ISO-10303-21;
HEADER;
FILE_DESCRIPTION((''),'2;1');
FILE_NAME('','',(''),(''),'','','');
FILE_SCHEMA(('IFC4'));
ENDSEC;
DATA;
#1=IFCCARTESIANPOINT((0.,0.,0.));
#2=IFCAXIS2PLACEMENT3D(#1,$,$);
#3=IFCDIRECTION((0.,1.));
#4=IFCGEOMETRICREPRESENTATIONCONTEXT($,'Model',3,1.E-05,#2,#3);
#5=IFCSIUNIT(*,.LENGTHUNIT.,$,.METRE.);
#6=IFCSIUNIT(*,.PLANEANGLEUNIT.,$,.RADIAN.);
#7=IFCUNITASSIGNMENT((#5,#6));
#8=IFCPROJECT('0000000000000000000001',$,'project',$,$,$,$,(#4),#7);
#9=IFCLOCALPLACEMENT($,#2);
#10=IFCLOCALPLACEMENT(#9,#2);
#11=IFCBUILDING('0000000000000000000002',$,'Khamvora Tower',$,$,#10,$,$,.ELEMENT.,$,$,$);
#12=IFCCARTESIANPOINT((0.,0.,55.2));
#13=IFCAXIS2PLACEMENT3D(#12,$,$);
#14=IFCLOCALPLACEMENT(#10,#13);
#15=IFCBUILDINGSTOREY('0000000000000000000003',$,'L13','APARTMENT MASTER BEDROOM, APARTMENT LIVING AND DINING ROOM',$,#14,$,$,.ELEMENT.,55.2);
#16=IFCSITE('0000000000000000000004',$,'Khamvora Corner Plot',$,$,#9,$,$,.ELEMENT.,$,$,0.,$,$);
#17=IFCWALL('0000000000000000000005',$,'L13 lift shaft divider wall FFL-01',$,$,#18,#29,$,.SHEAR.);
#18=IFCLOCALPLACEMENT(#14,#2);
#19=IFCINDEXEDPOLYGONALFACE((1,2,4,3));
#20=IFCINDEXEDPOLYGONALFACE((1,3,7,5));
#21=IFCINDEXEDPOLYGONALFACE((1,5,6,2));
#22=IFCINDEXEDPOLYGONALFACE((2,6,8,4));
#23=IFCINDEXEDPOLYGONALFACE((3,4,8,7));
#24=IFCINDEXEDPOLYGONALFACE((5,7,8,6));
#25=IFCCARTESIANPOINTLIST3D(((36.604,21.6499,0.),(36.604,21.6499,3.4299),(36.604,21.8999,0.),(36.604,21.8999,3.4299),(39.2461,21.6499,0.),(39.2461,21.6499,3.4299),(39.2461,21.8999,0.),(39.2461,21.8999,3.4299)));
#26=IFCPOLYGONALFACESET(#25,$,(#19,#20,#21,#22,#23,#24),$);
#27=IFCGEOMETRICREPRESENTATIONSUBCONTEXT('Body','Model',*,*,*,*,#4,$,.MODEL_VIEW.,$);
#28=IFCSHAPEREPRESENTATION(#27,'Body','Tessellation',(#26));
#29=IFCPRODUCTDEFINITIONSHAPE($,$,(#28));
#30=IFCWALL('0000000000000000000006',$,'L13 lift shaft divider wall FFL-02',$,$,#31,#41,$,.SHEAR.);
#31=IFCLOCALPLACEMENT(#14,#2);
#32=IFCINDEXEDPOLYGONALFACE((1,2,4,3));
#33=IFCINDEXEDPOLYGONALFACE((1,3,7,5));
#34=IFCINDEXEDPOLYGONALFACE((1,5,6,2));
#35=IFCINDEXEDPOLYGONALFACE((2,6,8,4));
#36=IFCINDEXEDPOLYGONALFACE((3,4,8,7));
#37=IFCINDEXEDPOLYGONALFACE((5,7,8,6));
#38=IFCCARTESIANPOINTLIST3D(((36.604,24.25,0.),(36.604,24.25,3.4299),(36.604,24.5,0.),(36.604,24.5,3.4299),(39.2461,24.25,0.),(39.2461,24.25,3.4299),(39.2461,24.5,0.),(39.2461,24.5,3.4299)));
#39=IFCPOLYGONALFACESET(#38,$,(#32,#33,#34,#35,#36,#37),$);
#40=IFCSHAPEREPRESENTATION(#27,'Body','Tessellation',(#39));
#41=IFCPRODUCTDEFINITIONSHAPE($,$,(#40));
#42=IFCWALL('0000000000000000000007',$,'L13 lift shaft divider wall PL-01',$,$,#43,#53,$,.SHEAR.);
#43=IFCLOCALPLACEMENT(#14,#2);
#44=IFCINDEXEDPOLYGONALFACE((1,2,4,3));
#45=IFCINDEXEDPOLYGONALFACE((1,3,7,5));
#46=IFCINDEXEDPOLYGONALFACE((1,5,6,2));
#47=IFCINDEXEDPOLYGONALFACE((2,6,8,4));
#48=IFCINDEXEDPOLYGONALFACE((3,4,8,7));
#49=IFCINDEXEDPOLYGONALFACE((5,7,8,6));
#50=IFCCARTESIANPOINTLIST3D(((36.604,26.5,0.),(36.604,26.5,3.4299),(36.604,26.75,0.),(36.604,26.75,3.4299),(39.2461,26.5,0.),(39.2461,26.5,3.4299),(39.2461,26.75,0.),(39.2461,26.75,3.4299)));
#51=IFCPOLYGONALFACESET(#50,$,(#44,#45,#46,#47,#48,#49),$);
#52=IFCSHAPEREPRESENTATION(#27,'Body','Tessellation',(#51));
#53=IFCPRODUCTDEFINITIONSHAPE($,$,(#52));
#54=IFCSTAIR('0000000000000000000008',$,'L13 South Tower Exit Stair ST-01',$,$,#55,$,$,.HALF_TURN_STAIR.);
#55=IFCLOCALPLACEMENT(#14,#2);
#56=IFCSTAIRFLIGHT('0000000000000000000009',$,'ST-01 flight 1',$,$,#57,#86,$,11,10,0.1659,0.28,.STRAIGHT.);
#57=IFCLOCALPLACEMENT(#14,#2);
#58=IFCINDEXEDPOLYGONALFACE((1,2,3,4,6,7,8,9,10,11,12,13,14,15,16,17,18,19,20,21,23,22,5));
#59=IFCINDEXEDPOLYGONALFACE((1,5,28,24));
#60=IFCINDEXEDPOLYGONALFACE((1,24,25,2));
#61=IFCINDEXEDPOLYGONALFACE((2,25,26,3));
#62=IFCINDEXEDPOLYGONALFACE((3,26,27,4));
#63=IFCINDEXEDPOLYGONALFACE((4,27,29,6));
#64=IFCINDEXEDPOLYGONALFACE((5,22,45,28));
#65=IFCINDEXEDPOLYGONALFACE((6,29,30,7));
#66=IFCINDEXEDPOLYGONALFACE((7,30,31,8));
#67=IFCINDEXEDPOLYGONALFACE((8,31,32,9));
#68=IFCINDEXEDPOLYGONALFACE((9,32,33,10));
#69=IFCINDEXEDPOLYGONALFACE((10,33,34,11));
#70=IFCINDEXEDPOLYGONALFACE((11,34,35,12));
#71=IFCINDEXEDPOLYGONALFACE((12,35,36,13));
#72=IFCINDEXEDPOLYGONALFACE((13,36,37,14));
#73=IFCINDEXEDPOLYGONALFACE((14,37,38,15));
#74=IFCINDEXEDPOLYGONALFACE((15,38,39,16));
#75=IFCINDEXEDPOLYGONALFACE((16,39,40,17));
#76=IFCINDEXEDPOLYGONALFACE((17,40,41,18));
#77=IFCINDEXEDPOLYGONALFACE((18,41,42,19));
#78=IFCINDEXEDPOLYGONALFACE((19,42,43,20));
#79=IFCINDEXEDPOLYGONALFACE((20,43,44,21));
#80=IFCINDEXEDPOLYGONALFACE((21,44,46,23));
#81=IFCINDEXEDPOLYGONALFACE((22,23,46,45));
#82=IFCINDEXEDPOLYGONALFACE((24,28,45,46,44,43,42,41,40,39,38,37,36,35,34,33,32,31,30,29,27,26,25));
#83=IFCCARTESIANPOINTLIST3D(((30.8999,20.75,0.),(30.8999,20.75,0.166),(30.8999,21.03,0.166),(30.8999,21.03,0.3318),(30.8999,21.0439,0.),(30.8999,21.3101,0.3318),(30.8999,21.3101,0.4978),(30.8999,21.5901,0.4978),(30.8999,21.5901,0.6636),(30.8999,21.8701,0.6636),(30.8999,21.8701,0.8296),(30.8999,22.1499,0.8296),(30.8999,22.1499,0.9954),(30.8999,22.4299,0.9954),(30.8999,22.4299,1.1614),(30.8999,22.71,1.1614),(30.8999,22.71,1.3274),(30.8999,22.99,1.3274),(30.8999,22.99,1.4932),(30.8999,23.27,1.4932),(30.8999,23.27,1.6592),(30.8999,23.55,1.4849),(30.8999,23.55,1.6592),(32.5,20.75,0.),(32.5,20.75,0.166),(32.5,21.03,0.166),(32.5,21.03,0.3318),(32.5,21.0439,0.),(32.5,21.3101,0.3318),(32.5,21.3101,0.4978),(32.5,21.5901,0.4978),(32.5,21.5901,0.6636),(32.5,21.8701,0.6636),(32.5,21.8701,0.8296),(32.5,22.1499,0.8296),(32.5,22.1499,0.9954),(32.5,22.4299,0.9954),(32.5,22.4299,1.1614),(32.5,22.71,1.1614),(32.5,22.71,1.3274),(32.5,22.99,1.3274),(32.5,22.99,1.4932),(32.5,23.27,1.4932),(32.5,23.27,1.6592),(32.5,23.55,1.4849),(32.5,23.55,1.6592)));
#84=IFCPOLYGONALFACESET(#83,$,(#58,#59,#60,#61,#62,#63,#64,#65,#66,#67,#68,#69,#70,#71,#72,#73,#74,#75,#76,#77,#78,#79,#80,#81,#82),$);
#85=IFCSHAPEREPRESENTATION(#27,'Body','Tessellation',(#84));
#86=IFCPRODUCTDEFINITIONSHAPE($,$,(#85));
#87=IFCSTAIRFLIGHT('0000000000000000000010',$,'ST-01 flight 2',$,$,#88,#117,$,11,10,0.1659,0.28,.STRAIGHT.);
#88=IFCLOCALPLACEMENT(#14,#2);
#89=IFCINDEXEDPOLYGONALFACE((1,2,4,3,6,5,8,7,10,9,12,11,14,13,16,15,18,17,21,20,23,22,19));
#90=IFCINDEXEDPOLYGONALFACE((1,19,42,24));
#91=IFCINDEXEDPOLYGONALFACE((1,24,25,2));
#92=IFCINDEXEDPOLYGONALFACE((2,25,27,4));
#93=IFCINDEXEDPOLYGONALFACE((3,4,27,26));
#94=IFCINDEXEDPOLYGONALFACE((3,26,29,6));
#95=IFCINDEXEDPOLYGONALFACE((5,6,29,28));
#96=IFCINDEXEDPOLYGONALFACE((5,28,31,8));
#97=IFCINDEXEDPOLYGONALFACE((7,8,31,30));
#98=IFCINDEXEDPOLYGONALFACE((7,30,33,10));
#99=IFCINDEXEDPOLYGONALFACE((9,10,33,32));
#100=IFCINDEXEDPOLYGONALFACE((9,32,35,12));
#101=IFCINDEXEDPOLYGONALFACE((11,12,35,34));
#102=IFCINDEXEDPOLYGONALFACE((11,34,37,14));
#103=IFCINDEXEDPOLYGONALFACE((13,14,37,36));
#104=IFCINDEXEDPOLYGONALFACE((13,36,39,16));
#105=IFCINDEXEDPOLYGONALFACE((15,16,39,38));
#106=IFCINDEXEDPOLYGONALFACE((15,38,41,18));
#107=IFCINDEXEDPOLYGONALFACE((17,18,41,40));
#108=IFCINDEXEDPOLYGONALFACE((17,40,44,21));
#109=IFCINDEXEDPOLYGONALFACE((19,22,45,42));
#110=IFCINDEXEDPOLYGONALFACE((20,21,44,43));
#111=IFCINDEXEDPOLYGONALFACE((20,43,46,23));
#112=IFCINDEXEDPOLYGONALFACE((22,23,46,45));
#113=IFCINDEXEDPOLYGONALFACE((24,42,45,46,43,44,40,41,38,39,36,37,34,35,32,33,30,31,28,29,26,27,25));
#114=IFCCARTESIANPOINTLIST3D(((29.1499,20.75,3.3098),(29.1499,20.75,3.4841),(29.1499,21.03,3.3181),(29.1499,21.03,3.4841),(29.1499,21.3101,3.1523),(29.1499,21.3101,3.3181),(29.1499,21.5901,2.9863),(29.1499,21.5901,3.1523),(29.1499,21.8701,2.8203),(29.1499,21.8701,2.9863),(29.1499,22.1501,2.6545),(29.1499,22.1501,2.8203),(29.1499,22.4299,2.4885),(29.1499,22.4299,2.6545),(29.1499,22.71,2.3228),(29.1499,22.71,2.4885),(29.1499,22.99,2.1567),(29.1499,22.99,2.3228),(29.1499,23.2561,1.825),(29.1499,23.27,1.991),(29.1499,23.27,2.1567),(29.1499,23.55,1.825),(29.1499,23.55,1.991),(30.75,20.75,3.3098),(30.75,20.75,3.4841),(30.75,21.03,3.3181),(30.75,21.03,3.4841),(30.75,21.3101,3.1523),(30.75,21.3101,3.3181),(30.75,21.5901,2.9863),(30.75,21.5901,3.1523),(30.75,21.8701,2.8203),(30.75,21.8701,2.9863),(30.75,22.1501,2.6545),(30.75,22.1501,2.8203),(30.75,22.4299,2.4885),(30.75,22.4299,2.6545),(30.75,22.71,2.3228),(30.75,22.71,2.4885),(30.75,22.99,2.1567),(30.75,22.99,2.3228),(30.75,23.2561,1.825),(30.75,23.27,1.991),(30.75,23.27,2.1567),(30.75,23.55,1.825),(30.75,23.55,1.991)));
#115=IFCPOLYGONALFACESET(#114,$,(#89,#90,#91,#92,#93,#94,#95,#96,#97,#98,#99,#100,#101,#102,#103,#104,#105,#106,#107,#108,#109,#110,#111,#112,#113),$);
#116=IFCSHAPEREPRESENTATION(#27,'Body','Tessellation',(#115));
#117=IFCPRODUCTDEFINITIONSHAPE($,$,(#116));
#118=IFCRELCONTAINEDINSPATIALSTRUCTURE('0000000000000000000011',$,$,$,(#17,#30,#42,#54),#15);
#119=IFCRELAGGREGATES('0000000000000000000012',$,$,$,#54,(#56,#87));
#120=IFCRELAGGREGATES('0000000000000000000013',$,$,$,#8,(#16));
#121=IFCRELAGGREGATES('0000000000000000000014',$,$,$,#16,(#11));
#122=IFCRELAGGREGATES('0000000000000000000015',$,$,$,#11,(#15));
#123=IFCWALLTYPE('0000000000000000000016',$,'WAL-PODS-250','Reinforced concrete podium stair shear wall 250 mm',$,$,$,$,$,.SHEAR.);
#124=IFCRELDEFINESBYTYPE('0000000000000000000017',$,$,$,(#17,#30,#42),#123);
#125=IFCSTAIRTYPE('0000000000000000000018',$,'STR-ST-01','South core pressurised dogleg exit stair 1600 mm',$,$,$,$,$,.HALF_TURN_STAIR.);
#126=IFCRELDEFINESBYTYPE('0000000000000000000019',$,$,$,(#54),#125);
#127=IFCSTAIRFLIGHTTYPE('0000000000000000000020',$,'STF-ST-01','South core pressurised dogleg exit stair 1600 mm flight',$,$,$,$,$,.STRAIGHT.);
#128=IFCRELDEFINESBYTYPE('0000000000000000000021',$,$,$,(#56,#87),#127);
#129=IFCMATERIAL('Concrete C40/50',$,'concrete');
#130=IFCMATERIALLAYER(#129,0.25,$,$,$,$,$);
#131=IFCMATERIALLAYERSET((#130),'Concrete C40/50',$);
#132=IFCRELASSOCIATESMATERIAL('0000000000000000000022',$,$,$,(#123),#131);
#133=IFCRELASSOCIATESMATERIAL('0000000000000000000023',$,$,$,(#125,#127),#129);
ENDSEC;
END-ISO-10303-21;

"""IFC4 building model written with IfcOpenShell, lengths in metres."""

from ifc_helpers import new_model, si_unit, direction, frame, frame_2d, origin, place, context, subcontext, project, spatial, polyline, rectangle, outline, extrude, material, layer, layer_set, type_object, element, aggregate, save


model = new_model("IFC4")

# Units and contexts
model_context = context("Model", 3, precision=1e-05, world=origin(), true_north=direction((0.0, 1.0)))
body_context = subcontext(model_context, "Body", "Model", "MODEL_VIEW")
ifc_project = project(units=[si_unit("LENGTHUNIT", "METRE"), si_unit("PLANEANGLEUNIT", "RADIAN")], contexts=[model_context])

# Site, building, storey
site_placement = place(None, origin())
site = spatial("IfcSite", under=ifc_project, at=site_placement, Name="Khamvora Corner Plot", CompositionType="ELEMENT", RefElevation=0.0)
building_placement = place(site_placement, origin())
building = spatial("IfcBuilding", under=site, at=building_placement, Name="Khamvora Tower", CompositionType="ELEMENT")
storey_placement = place(building_placement, frame((0.0, 0.0, 55.2)))
storey = spatial("IfcBuildingStorey", under=building, at=storey_placement, Name="L13", Description="APARTMENT MASTER BEDROOM, APARTMENT LIVING AND DINING ROOM", CompositionType="ELEMENT", Elevation=55.2)

# Walls
ifc_material_1 = material(Name="Concrete C40/50", Category="concrete")
ifc_layer_1 = layer(ifc_material_1, 0.25)
ifc_layer_set_1 = layer_set([ifc_layer_1], Name="Concrete C40/50")
wall_type_1 = type_object("IfcWallType", Name="WAL-PODS-250", Description="Reinforced concrete podium stair shear wall 250 mm", PredefinedType="SHEAR", material=ifc_layer_set_1)
for number, where, z_axis, x_axis, name in (
    (1, (36.604, 21.7749, 0.0), (0.0, 0.0, 1.0), (1.0, 0.0, 0.0), "L13 lift shaft divider wall FFL-01"),
    (2, (36.604, 24.375, 0.0), (0.0, 0.0, 1.0), (1.0, 0.0, 0.0), "L13 lift shaft divider wall FFL-02"),
    (3, (36.604, 26.625, 0.0), (0.0, 0.0, 1.0), (1.0, 0.0, 0.0), "L13 lift shaft divider wall PL-01"),
):
    element("IfcWall", number, at=place(storey_placement, frame(where, z_axis=z_axis, x_axis=x_axis)), inside=storey, type_object=wall_type_1, Name=name, PredefinedType="SHEAR", context=body_context, shape_type="SweptSolid", body=[
        extrude(rectangle(XDim=2.6421, YDim=0.25, at=frame_2d((1.321, 0.0))), origin(), (0.0, 0.0, 1.0), 3.4299),
    ])

# Stair, stair flights
stair_type = type_object("IfcStairType", Name="STR-ST-01", Description="South core pressurised dogleg exit stair 1600 mm", PredefinedType="HALF_TURN_STAIR", material=ifc_material_1)
stair_placement = place(storey_placement, origin())
stair = element("IfcStair", 4, at=stair_placement, inside=storey, type_object=stair_type, Name="L13 South Tower Exit Stair ST-01", PredefinedType="HALF_TURN_STAIR")
stair_flight_type = type_object("IfcStairFlightType", Name="STF-ST-01", Description="South core pressurised dogleg exit stair 1600 mm flight", PredefinedType="STRAIGHT", material=ifc_material_1)
stair_flight_1_placement = place(storey_placement, frame((31.7, 20.75, 0.0), z_axis=(0.0, 0.0, 1.0), x_axis=(0.0, 1.0, 0.0)))
stair_flight_1 = element("IfcStairFlight", 5, at=stair_flight_1_placement, type_object=stair_flight_type, Name="ST-01 flight 1", NumberOfRisers=11, NumberOfTreads=10, PredefinedType="STRAIGHT", RiserHeight=0.1659, TreadLength=0.28, context=body_context, shape_type="SweptSolid", body=[
    extrude(outline(polyline([(0.0, 0.0), (0.0, 0.166), (0.28, 0.166), (0.28, 0.3318), (0.5601, 0.3318), (0.5601, 0.4978), (0.8401, 0.4978), (0.8401, 0.6636), (1.1201, 0.6636), (1.1201, 0.8296), (1.3999, 0.8296), (1.3999, 0.9954), (1.6799, 0.9954), (1.6799, 1.1614), (1.96, 1.1614), (1.96, 1.3274), (2.24, 1.3274), (2.24, 1.4932), (2.52, 1.4932), (2.52, 1.6592), (2.8, 1.6592), (2.8, 1.825), (2.8, 1.4849), (0.2939, 0.0), (0.0, 0.0)])), frame((0.0, 0.8, 0.0), z_axis=(0.0, -1.0, 0.0), x_axis=(1.0, 0.0, 0.0)), (0.0, 0.0, 1.0), 1.6001),
])
stair_flight_2_placement = place(storey_placement, frame((29.95, 23.55, 1.825), z_axis=(0.0, 0.0, 1.0), x_axis=(0.0, -1.0, 0.0)))
stair_flight_2 = element("IfcStairFlight", 6, at=stair_flight_2_placement, type_object=stair_flight_type, Name="ST-01 flight 2", NumberOfRisers=11, NumberOfTreads=10, PredefinedType="STRAIGHT", RiserHeight=0.1659, TreadLength=0.28, context=body_context, shape_type="SweptSolid", body=[
    extrude(outline(polyline([(0.0, 0.0), (0.0, 0.166), (0.28, 0.166), (0.28, 0.3318), (0.5601, 0.3318), (0.5601, 0.4978), (0.8401, 0.4978), (0.8401, 0.6636), (1.1201, 0.6636), (1.1201, 0.8296), (1.3999, 0.8296), (1.3999, 0.9954), (1.6799, 0.9954), (1.6799, 1.1614), (1.96, 1.1614), (1.96, 1.3274), (2.24, 1.3274), (2.24, 1.4932), (2.52, 1.4932), (2.52, 1.6592), (2.8, 1.6592), (2.8, 1.825), (2.8, 1.4849), (0.2939, 0.0), (0.0, 0.0)])), frame((0.0, 0.8, 0.0), z_axis=(0.0, -1.0, 0.0), x_axis=(1.0, 0.0, 0.0)), (0.0, 0.0, 1.0), 1.6001),
])
aggregate(stair, [stair_flight_1, stair_flight_2])

save(model, "model.ifc")
